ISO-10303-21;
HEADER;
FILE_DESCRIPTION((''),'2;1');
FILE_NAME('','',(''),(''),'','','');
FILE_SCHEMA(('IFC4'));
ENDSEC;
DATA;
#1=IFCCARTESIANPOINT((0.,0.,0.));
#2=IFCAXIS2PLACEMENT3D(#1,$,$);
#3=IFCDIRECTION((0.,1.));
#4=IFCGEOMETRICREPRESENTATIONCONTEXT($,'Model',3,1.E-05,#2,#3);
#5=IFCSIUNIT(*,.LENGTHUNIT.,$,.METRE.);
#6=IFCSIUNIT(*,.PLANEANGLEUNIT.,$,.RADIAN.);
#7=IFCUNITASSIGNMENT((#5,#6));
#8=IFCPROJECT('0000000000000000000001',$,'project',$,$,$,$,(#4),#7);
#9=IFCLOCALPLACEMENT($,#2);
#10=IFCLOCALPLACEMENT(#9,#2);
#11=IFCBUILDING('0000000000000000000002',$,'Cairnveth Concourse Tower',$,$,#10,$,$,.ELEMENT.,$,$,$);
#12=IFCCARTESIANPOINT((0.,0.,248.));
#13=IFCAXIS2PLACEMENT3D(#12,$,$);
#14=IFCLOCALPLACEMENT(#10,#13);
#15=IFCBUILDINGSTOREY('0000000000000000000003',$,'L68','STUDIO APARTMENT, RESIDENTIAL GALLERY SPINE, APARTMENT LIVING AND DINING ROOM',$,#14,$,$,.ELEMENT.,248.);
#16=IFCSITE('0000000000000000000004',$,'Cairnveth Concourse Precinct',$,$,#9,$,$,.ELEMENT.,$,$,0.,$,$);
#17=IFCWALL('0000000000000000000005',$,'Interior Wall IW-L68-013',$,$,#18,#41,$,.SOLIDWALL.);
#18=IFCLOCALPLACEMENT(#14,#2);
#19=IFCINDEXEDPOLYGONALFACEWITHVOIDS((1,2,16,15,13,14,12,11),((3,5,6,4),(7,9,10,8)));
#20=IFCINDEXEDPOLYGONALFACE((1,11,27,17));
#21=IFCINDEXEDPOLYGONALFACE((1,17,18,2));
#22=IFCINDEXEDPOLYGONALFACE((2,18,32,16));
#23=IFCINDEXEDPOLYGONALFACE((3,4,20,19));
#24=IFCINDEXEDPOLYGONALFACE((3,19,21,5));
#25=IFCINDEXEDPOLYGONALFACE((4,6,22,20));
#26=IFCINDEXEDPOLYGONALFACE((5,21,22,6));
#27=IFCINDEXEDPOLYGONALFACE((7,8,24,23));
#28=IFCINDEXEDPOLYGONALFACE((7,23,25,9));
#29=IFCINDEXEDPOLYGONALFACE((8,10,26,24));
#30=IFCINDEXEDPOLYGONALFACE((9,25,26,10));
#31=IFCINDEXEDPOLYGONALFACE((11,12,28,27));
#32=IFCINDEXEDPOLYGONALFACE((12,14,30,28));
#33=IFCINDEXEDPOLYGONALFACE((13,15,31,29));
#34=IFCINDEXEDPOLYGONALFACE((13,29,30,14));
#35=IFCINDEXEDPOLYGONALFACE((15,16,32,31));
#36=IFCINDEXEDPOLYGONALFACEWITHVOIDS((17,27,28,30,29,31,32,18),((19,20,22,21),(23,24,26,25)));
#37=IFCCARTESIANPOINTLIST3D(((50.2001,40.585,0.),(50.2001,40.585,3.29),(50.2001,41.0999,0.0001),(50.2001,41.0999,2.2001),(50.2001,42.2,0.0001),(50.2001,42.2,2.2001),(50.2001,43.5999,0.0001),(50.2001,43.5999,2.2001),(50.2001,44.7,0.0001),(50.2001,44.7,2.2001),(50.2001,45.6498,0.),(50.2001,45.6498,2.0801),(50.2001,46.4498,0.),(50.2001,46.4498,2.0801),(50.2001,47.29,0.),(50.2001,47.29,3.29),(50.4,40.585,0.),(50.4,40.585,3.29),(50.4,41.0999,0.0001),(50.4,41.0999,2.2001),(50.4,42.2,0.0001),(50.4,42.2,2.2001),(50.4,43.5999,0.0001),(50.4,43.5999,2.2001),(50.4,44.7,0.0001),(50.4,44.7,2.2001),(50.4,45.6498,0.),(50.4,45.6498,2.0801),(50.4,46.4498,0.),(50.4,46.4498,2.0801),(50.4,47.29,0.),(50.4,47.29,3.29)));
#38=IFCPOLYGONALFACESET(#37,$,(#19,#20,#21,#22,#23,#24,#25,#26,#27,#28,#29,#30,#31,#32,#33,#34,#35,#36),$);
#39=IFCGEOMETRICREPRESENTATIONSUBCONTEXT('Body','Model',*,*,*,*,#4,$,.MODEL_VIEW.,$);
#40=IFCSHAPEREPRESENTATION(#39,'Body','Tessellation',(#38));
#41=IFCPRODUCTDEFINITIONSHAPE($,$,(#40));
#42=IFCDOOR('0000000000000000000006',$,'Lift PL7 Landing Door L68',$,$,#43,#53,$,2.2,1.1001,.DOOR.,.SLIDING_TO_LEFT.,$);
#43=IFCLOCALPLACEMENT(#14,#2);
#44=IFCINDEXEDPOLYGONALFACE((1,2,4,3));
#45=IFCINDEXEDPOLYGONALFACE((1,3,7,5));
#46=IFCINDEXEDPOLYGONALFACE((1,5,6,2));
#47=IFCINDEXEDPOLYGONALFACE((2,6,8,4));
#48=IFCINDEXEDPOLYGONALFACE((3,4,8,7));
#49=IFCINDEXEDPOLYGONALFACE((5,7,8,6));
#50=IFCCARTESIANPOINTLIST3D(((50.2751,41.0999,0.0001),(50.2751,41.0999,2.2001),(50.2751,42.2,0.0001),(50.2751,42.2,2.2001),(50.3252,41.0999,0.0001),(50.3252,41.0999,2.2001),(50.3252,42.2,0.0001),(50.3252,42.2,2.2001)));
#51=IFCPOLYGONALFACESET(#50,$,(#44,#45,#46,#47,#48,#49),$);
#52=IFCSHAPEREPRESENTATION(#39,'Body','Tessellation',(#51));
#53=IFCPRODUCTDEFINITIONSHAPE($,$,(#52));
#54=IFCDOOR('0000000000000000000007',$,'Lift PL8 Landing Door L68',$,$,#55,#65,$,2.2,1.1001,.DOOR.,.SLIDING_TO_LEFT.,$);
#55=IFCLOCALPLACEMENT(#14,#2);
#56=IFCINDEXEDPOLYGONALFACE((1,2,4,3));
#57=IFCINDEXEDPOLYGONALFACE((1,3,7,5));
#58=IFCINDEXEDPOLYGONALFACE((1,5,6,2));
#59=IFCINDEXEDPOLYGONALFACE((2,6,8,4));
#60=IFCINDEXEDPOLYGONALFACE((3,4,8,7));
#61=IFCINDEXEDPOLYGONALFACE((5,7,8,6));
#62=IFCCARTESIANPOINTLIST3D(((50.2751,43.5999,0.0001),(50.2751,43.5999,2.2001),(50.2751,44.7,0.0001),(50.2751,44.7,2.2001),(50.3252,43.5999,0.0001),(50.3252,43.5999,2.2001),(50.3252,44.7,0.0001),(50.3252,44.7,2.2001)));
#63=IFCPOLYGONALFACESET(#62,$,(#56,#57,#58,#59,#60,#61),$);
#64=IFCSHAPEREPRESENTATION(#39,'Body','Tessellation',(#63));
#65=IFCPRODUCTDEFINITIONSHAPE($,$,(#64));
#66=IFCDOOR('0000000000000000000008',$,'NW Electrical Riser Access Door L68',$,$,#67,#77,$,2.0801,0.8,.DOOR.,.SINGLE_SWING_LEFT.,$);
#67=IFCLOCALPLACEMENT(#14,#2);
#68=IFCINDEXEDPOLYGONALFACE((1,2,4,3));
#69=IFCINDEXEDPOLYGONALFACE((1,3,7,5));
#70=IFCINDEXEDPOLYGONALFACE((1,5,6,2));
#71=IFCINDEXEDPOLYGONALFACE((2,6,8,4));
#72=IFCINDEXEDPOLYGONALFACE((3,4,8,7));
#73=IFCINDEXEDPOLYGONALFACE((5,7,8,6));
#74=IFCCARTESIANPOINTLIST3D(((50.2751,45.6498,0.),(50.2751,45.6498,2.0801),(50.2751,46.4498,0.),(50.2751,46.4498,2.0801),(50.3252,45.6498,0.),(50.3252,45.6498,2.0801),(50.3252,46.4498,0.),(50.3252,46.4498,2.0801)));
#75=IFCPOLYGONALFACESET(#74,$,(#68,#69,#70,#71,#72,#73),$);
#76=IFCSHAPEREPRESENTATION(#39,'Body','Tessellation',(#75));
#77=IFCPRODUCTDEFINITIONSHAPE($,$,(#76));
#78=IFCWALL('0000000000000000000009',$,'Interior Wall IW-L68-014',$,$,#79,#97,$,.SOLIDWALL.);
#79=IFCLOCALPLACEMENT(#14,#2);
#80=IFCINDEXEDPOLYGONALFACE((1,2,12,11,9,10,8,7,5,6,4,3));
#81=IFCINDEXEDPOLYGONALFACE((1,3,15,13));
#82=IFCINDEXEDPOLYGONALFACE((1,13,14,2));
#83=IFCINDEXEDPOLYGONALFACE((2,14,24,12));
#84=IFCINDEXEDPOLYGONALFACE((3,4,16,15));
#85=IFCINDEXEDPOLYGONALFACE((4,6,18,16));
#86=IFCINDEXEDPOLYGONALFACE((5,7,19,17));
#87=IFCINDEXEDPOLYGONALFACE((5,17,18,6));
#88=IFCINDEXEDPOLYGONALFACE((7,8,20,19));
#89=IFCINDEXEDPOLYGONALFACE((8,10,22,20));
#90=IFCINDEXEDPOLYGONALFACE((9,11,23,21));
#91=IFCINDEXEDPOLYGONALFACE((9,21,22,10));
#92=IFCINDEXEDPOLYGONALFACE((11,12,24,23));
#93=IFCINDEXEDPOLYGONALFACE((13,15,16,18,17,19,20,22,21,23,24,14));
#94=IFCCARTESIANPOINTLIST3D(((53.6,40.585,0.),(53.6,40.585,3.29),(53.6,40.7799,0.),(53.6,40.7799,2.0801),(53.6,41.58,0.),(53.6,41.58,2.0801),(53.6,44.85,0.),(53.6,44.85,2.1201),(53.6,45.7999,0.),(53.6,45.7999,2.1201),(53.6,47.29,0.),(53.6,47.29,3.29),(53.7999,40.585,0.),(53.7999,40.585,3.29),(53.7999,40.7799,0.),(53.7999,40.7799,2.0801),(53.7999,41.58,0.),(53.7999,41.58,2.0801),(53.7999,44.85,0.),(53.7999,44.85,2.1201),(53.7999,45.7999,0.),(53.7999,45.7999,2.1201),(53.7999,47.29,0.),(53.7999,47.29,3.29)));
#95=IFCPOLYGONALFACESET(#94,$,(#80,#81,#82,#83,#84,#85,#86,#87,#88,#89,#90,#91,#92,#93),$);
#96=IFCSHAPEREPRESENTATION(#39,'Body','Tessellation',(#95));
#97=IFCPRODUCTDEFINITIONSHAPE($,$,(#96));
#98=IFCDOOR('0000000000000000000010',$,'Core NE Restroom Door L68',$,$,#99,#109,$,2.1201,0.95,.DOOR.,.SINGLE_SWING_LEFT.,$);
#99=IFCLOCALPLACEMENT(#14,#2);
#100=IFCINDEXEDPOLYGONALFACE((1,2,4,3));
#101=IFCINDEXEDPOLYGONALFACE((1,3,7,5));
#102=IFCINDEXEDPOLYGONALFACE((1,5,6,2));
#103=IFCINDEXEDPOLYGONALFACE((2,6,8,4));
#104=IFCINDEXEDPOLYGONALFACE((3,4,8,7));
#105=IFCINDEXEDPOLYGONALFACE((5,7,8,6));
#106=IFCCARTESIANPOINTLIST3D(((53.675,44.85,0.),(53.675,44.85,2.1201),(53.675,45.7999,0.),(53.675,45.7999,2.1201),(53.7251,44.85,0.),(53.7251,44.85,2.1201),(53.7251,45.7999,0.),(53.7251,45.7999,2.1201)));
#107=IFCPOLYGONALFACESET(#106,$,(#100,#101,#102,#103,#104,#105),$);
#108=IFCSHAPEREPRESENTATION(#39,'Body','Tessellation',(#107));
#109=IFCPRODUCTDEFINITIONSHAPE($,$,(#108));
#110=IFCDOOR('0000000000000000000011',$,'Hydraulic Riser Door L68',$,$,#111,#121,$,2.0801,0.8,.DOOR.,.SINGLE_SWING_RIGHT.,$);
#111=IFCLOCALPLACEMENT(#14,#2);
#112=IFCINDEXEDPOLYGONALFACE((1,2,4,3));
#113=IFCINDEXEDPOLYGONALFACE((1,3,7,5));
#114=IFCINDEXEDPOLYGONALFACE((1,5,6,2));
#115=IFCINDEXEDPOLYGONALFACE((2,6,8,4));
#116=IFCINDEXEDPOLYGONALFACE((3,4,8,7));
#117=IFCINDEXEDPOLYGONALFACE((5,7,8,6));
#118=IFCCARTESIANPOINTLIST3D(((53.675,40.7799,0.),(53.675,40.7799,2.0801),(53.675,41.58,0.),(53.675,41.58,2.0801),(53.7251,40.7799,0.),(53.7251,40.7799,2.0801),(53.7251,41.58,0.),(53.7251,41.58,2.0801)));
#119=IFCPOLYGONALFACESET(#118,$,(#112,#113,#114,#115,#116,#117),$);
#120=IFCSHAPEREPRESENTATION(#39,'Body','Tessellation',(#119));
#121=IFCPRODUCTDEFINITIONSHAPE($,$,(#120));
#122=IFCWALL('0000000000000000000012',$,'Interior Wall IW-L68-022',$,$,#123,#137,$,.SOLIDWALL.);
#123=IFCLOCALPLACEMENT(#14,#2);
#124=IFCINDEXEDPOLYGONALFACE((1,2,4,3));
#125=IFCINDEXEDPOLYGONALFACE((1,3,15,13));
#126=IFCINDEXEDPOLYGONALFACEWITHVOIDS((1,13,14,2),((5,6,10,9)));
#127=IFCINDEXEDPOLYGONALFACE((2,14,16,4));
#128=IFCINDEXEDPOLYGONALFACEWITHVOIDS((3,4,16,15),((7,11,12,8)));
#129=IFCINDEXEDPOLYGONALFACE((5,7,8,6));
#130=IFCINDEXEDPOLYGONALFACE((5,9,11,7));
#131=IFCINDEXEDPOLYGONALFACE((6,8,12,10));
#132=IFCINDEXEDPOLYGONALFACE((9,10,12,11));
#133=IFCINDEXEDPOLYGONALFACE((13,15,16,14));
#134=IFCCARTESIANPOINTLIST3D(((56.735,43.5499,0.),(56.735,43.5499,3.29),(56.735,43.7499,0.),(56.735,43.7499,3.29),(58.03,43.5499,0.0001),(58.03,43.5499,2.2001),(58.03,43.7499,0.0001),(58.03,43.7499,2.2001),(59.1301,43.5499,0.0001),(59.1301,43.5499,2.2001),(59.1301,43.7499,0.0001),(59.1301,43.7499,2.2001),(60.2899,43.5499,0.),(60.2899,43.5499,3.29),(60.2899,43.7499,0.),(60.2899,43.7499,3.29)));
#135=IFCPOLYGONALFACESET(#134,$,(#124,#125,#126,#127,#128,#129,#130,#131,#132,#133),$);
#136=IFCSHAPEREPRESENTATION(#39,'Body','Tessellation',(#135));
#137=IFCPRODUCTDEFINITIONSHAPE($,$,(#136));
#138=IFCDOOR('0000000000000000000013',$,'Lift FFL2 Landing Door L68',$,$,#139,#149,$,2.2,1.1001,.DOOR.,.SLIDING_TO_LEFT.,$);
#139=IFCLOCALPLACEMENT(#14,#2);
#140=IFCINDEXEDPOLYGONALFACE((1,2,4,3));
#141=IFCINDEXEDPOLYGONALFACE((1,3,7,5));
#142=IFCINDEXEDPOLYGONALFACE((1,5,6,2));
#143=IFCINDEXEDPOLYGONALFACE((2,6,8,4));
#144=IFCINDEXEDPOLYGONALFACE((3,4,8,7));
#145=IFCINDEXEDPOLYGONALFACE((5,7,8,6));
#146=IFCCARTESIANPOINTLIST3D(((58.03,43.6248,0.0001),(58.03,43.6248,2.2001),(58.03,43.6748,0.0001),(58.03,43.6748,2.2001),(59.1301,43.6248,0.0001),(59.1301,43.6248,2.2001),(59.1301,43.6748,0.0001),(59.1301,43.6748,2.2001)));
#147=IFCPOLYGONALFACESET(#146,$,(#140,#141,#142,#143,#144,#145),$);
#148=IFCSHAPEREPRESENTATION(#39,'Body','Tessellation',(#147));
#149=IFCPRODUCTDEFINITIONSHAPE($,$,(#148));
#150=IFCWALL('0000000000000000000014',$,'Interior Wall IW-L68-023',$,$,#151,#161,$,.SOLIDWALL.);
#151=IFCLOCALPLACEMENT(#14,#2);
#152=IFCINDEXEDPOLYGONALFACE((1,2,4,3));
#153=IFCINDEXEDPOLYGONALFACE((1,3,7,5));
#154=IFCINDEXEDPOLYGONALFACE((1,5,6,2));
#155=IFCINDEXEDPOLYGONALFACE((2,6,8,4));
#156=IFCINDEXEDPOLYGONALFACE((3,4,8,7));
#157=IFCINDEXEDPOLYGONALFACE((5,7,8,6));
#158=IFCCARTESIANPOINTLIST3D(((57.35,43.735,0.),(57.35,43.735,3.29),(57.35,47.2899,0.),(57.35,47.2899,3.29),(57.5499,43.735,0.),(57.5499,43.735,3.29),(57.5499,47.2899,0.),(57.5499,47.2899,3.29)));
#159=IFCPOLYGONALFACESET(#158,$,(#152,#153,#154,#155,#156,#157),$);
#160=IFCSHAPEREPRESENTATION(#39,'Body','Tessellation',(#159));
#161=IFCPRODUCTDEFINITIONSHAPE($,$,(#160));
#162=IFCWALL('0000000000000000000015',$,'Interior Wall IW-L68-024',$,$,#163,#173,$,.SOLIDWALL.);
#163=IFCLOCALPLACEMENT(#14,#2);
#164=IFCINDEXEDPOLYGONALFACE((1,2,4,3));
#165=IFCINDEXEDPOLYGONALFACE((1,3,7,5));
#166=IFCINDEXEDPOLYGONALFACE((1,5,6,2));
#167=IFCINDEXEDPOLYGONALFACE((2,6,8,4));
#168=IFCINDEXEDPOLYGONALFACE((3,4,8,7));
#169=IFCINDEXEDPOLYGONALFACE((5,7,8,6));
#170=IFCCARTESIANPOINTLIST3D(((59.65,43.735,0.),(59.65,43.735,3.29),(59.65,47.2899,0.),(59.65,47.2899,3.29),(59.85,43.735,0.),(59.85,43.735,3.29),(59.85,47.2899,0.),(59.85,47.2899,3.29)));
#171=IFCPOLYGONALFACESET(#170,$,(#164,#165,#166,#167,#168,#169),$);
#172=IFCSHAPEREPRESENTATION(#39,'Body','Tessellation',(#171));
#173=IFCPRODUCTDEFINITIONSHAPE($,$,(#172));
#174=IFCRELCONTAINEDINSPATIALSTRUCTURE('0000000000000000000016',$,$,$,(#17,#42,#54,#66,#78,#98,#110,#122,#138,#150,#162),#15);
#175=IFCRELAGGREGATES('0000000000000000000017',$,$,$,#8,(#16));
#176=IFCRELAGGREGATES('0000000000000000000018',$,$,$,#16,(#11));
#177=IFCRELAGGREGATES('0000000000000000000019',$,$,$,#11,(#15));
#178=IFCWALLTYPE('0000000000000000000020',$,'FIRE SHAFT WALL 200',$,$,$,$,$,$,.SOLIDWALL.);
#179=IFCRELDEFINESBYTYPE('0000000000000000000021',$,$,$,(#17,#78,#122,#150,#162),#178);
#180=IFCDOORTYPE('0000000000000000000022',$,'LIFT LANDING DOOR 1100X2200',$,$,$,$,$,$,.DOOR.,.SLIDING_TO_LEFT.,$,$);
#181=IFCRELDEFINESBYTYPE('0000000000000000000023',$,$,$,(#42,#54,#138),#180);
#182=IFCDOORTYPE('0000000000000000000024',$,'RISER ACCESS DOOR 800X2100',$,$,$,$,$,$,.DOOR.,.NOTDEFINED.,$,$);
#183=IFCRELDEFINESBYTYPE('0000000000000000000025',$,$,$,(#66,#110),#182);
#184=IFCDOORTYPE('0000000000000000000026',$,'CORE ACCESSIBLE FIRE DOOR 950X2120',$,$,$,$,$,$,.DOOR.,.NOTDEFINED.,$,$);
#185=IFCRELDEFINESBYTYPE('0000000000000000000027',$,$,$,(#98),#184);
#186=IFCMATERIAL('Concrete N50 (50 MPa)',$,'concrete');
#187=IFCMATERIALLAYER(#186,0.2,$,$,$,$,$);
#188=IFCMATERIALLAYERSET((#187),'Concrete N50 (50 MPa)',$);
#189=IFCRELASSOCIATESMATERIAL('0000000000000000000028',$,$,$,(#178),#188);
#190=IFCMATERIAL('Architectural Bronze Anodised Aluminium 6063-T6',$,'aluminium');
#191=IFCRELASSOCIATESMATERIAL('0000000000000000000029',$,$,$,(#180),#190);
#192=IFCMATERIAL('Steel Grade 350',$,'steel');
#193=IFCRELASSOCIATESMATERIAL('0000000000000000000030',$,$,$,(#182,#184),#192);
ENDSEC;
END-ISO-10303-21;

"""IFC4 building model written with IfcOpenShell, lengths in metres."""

from ifc_helpers import new_model, si_unit, direction, frame, frame_2d, origin, place, context, subcontext, project, spatial, rectangle, extrude, material, layer, layer_set, type_object, element, fill, save


model = new_model("IFC4")

# Units and contexts
model_context = context("Model", 3, precision=1e-05, world=origin(), true_north=direction((0.0, 1.0)))
body_context = subcontext(model_context, "Body", "Model", "MODEL_VIEW")
ifc_project = project(units=[si_unit("LENGTHUNIT", "METRE"), si_unit("PLANEANGLEUNIT", "RADIAN")], contexts=[model_context])

# Site, building, storey
site_placement = place(None, origin())
site = spatial("IfcSite", under=ifc_project, at=site_placement, Name="Cairnveth Concourse Precinct", CompositionType="ELEMENT", RefElevation=0.0)
building_placement = place(site_placement, origin())
building = spatial("IfcBuilding", under=site, at=building_placement, Name="Cairnveth Concourse Tower", CompositionType="ELEMENT")
storey_placement = place(building_placement, frame((0.0, 0.0, 248.0)))
storey = spatial("IfcBuildingStorey", under=building, at=storey_placement, Name="L68", Description="STUDIO APARTMENT, RESIDENTIAL GALLERY SPINE, APARTMENT LIVING AND DINING ROOM", CompositionType="ELEMENT", Elevation=248.0)

# Shared definitions
ifc_material_1 = material(Name="Steel Grade 350", Category="steel")

# Shared definitions
ifc_material_2 = material(Name="Concrete N50 (50 MPa)", Category="concrete")
ifc_layer_1 = layer(ifc_material_2, 0.2)
ifc_layer_set_1 = layer_set([ifc_layer_1], Name="Concrete N50 (50 MPa)")
wall_type_1 = type_object("IfcWallType", Name="FIRE SHAFT WALL 200", PredefinedType="SOLIDWALL", material=ifc_layer_set_1)

# Walls, openings, doors
wall_1_placement = place(storey_placement, frame((50.3, 40.585, 0.0), z_axis=(0.0, 0.0, 1.0), x_axis=(0.0, 1.0, 0.0)))
wall_1 = element("IfcWall", 1, at=wall_1_placement, inside=storey, type_object=wall_type_1, Name="Interior Wall IW-L68-013", PredefinedType="SOLIDWALL", context=body_context, shape_type="SweptSolid", body=[
    extrude(rectangle(XDim=6.7051, YDim=0.2, at=frame_2d((3.3525, 0.0))), origin(), (0.0, 0.0, 1.0), 3.29),
])
opening_1_placement = place(wall_1_placement, frame((0.5149, 0.0, 0.0)))
opening_1 = element("IfcOpeningElement", 2, at=opening_1_placement, cuts=wall_1, PredefinedType="OPENING", context=body_context, shape_type="SweptSolid", body=[
    extrude(rectangle(XDim=1.1001, YDim=2.2, at=frame_2d((0.55, 1.1001))), frame((0.0, 0.1099, 0.0), z_axis=(0.0, -1.0, 0.0), x_axis=(1.0, 0.0, 0.0)), (0.0, 0.0, 1.0), 0.22),
])
opening_2_placement = place(wall_1_placement, frame((3.0149, 0.0, 0.0)))
opening_2 = element("IfcOpeningElement", 3, at=opening_2_placement, cuts=wall_1, PredefinedType="OPENING", context=body_context, shape_type="SweptSolid", body=[
    extrude(rectangle(XDim=1.1001, YDim=2.2, at=frame_2d((0.55, 1.1001))), frame((0.0, 0.1099, 0.0), z_axis=(0.0, -1.0, 0.0), x_axis=(1.0, 0.0, 0.0)), (0.0, 0.0, 1.0), 0.22),
])
opening_3_placement = place(wall_1_placement, frame((5.0649, 0.0, 0.0)))
opening_3 = element("IfcOpeningElement", 4, at=opening_3_placement, cuts=wall_1, PredefinedType="OPENING", context=body_context, shape_type="SweptSolid", body=[
    extrude(rectangle(XDim=0.8, YDim=2.0801, at=frame_2d((0.3999, 1.04))), frame((0.0, 0.1099, 0.0), z_axis=(0.0, -1.0, 0.0), x_axis=(1.0, 0.0, 0.0)), (0.0, 0.0, 1.0), 0.22),
])
ifc_material_3 = material(Name="Architectural Bronze Anodised Aluminium 6063-T6", Category="aluminium")
door_type_1 = type_object("IfcDoorType", Name="LIFT LANDING DOOR 1100X2200", OperationType="SLIDING_TO_LEFT", PredefinedType="DOOR", material=ifc_material_3)
door_1_placement = place(opening_1_placement, origin())
door_1 = element("IfcDoor", 5, at=door_1_placement, inside=storey, type_object=door_type_1, Name="Lift PL7 Landing Door L68", OperationType="SLIDING_TO_LEFT", OverallHeight=2.2, OverallWidth=1.1001, PredefinedType="DOOR", context=body_context, shape_type="SweptSolid", body=[
    extrude(rectangle(XDim=1.1001, YDim=2.2, at=frame_2d((0.55, 1.1001))), frame((0.0, 0.0249, 0.0), z_axis=(0.0, -1.0, 0.0), x_axis=(1.0, 0.0, 0.0)), (0.0, 0.0, 1.0), 0.05),
])
fill(opening_1, door_1)
door_2_placement = place(opening_2_placement, origin())
door_2 = element("IfcDoor", 6, at=door_2_placement, inside=storey, type_object=door_type_1, Name="Lift PL8 Landing Door L68", OperationType="SLIDING_TO_LEFT", OverallHeight=2.2, OverallWidth=1.1001, PredefinedType="DOOR", context=body_context, shape_type="SweptSolid", body=[
    extrude(rectangle(XDim=1.1001, YDim=2.2, at=frame_2d((0.55, 1.1001))), frame((0.0, 0.0249, 0.0), z_axis=(0.0, -1.0, 0.0), x_axis=(1.0, 0.0, 0.0)), (0.0, 0.0, 1.0), 0.05),
])
fill(opening_2, door_2)
door_type_2 = type_object("IfcDoorType", Name="RISER ACCESS DOOR 800X2100", OperationType="NOTDEFINED", PredefinedType="DOOR", material=ifc_material_1)
door_3_placement = place(opening_3_placement, origin())
door_3 = element("IfcDoor", 7, at=door_3_placement, inside=storey, type_object=door_type_2, Name="NW Electrical Riser Access Door L68", OperationType="SINGLE_SWING_LEFT", OverallHeight=2.0801, OverallWidth=0.8, PredefinedType="DOOR", context=body_context, shape_type="SweptSolid", body=[
    extrude(rectangle(XDim=0.8, YDim=2.0801, at=frame_2d((0.3999, 1.04))), frame((0.0, 0.0249, 0.0), z_axis=(0.0, -1.0, 0.0), x_axis=(1.0, 0.0, 0.0)), (0.0, 0.0, 1.0), 0.05),
])
fill(opening_3, door_3)
wall_2_placement = place(storey_placement, frame((53.7, 40.585, 0.0), z_axis=(0.0, 0.0, 1.0), x_axis=(0.0, 1.0, 0.0)))
wall_2 = element("IfcWall", 8, at=wall_2_placement, inside=storey, type_object=wall_type_1, Name="Interior Wall IW-L68-014", PredefinedType="SOLIDWALL", context=body_context, shape_type="SweptSolid", body=[
    extrude(rectangle(XDim=6.7051, YDim=0.2, at=frame_2d((3.3525, 0.0))), origin(), (0.0, 0.0, 1.0), 3.29),
])
opening_4_placement = place(wall_2_placement, frame((0.1951, 0.0, 0.0)))
opening_4 = element("IfcOpeningElement", 9, at=opening_4_placement, cuts=wall_2, PredefinedType="OPENING", context=body_context, shape_type="SweptSolid", body=[
    extrude(rectangle(XDim=0.8, YDim=2.0801, at=frame_2d((0.3999, 1.04))), frame((0.0, 0.1099, 0.0), z_axis=(0.0, -1.0, 0.0), x_axis=(1.0, 0.0, 0.0)), (0.0, 0.0, 1.0), 0.22),
])
opening_5_placement = place(wall_2_placement, frame((4.2649, 0.0, 0.0)))
opening_5 = element("IfcOpeningElement", 10, at=opening_5_placement, cuts=wall_2, PredefinedType="OPENING", context=body_context, shape_type="SweptSolid", body=[
    extrude(rectangle(XDim=0.95, YDim=2.1201, at=frame_2d((0.4751, 1.0601))), frame((0.0, 0.1099, 0.0), z_axis=(0.0, -1.0, 0.0), x_axis=(1.0, 0.0, 0.0)), (0.0, 0.0, 1.0), 0.22),
])
door_type_3 = type_object("IfcDoorType", Name="CORE ACCESSIBLE FIRE DOOR 950X2120", OperationType="NOTDEFINED", PredefinedType="DOOR", material=ifc_material_1)
door_4_placement = place(opening_5_placement, origin())
door_4 = element("IfcDoor", 11, at=door_4_placement, inside=storey, type_object=door_type_3, Name="Core NE Restroom Door L68", OperationType="SINGLE_SWING_LEFT", OverallHeight=2.1201, OverallWidth=0.95, PredefinedType="DOOR", context=body_context, shape_type="SweptSolid", body=[
    extrude(rectangle(XDim=0.95, YDim=2.1201, at=frame_2d((0.4751, 1.0601))), frame((0.0, 0.0249, 0.0), z_axis=(0.0, -1.0, 0.0), x_axis=(1.0, 0.0, 0.0)), (0.0, 0.0, 1.0), 0.05),
])
fill(opening_5, door_4)
door_5_placement = place(opening_4_placement, origin())
door_5 = element("IfcDoor", 12, at=door_5_placement, inside=storey, type_object=door_type_2, Name="Hydraulic Riser Door L68", OperationType="SINGLE_SWING_RIGHT", OverallHeight=2.0801, OverallWidth=0.8, PredefinedType="DOOR", context=body_context, shape_type="SweptSolid", body=[
    extrude(rectangle(XDim=0.8, YDim=2.0801, at=frame_2d((0.3999, 1.04))), frame((0.0, 0.0249, 0.0), z_axis=(0.0, -1.0, 0.0), x_axis=(1.0, 0.0, 0.0)), (0.0, 0.0, 1.0), 0.05),
])
fill(opening_4, door_5)

# Wall, opening, door
wall_3_placement = place(storey_placement, frame((56.7351, 43.6499, 0.0), z_axis=(0.0, 0.0, 1.0), x_axis=(1.0, 0.0, 0.0)))
wall_3 = element("IfcWall", 13, at=wall_3_placement, inside=storey, type_object=wall_type_1, Name="Interior Wall IW-L68-022", PredefinedType="SOLIDWALL", context=body_context, shape_type="SweptSolid", body=[
    extrude(rectangle(XDim=3.5549, YDim=0.2, at=frame_2d((1.7773, 0.0))), origin(), (0.0, 0.0, 1.0), 3.29),
])
opening_6_placement = place(wall_3_placement, frame((1.2949, 0.0, 0.0)))
opening_6 = element("IfcOpeningElement", 14, at=opening_6_placement, cuts=wall_3, PredefinedType="OPENING", context=body_context, shape_type="SweptSolid", body=[
    extrude(rectangle(XDim=1.1001, YDim=2.2, at=frame_2d((0.55, 1.1001))), frame((0.0, 0.1099, 0.0), z_axis=(0.0, -1.0, 0.0), x_axis=(1.0, 0.0, 0.0)), (0.0, 0.0, 1.0), 0.22),
])
door_6_placement = place(opening_6_placement, origin())
door_6 = element("IfcDoor", 15, at=door_6_placement, inside=storey, type_object=door_type_1, Name="Lift FFL2 Landing Door L68", OperationType="SLIDING_TO_LEFT", OverallHeight=2.2, OverallWidth=1.1001, PredefinedType="DOOR", context=body_context, shape_type="SweptSolid", body=[
    extrude(rectangle(XDim=1.1001, YDim=2.2, at=frame_2d((0.55, 1.1001))), frame((0.0, 0.0249, 0.0), z_axis=(0.0, -1.0, 0.0), x_axis=(1.0, 0.0, 0.0)), (0.0, 0.0, 1.0), 0.05),
])
fill(opening_6, door_6)

# Walls
for number, where, z_axis, x_axis, name in (
    (16, (57.45, 43.7351, 0.0), (0.0, 0.0, 1.0), (0.0, 1.0, 0.0), "Interior Wall IW-L68-023"),
    (17, (59.75, 43.7351, 0.0), (0.0, 0.0, 1.0), (0.0, 1.0, 0.0), "Interior Wall IW-L68-024"),
):
    element("IfcWall", number, at=place(storey_placement, frame(where, z_axis=z_axis, x_axis=x_axis)), inside=storey, type_object=wall_type_1, Name=name, PredefinedType="SOLIDWALL", context=body_context, shape_type="SweptSolid", body=[
        extrude(rectangle(XDim=3.5549, YDim=0.2, at=frame_2d((1.7773, 0.0))), origin(), (0.0, 0.0, 1.0), 3.29),
    ])

save(model, "model.ifc")
